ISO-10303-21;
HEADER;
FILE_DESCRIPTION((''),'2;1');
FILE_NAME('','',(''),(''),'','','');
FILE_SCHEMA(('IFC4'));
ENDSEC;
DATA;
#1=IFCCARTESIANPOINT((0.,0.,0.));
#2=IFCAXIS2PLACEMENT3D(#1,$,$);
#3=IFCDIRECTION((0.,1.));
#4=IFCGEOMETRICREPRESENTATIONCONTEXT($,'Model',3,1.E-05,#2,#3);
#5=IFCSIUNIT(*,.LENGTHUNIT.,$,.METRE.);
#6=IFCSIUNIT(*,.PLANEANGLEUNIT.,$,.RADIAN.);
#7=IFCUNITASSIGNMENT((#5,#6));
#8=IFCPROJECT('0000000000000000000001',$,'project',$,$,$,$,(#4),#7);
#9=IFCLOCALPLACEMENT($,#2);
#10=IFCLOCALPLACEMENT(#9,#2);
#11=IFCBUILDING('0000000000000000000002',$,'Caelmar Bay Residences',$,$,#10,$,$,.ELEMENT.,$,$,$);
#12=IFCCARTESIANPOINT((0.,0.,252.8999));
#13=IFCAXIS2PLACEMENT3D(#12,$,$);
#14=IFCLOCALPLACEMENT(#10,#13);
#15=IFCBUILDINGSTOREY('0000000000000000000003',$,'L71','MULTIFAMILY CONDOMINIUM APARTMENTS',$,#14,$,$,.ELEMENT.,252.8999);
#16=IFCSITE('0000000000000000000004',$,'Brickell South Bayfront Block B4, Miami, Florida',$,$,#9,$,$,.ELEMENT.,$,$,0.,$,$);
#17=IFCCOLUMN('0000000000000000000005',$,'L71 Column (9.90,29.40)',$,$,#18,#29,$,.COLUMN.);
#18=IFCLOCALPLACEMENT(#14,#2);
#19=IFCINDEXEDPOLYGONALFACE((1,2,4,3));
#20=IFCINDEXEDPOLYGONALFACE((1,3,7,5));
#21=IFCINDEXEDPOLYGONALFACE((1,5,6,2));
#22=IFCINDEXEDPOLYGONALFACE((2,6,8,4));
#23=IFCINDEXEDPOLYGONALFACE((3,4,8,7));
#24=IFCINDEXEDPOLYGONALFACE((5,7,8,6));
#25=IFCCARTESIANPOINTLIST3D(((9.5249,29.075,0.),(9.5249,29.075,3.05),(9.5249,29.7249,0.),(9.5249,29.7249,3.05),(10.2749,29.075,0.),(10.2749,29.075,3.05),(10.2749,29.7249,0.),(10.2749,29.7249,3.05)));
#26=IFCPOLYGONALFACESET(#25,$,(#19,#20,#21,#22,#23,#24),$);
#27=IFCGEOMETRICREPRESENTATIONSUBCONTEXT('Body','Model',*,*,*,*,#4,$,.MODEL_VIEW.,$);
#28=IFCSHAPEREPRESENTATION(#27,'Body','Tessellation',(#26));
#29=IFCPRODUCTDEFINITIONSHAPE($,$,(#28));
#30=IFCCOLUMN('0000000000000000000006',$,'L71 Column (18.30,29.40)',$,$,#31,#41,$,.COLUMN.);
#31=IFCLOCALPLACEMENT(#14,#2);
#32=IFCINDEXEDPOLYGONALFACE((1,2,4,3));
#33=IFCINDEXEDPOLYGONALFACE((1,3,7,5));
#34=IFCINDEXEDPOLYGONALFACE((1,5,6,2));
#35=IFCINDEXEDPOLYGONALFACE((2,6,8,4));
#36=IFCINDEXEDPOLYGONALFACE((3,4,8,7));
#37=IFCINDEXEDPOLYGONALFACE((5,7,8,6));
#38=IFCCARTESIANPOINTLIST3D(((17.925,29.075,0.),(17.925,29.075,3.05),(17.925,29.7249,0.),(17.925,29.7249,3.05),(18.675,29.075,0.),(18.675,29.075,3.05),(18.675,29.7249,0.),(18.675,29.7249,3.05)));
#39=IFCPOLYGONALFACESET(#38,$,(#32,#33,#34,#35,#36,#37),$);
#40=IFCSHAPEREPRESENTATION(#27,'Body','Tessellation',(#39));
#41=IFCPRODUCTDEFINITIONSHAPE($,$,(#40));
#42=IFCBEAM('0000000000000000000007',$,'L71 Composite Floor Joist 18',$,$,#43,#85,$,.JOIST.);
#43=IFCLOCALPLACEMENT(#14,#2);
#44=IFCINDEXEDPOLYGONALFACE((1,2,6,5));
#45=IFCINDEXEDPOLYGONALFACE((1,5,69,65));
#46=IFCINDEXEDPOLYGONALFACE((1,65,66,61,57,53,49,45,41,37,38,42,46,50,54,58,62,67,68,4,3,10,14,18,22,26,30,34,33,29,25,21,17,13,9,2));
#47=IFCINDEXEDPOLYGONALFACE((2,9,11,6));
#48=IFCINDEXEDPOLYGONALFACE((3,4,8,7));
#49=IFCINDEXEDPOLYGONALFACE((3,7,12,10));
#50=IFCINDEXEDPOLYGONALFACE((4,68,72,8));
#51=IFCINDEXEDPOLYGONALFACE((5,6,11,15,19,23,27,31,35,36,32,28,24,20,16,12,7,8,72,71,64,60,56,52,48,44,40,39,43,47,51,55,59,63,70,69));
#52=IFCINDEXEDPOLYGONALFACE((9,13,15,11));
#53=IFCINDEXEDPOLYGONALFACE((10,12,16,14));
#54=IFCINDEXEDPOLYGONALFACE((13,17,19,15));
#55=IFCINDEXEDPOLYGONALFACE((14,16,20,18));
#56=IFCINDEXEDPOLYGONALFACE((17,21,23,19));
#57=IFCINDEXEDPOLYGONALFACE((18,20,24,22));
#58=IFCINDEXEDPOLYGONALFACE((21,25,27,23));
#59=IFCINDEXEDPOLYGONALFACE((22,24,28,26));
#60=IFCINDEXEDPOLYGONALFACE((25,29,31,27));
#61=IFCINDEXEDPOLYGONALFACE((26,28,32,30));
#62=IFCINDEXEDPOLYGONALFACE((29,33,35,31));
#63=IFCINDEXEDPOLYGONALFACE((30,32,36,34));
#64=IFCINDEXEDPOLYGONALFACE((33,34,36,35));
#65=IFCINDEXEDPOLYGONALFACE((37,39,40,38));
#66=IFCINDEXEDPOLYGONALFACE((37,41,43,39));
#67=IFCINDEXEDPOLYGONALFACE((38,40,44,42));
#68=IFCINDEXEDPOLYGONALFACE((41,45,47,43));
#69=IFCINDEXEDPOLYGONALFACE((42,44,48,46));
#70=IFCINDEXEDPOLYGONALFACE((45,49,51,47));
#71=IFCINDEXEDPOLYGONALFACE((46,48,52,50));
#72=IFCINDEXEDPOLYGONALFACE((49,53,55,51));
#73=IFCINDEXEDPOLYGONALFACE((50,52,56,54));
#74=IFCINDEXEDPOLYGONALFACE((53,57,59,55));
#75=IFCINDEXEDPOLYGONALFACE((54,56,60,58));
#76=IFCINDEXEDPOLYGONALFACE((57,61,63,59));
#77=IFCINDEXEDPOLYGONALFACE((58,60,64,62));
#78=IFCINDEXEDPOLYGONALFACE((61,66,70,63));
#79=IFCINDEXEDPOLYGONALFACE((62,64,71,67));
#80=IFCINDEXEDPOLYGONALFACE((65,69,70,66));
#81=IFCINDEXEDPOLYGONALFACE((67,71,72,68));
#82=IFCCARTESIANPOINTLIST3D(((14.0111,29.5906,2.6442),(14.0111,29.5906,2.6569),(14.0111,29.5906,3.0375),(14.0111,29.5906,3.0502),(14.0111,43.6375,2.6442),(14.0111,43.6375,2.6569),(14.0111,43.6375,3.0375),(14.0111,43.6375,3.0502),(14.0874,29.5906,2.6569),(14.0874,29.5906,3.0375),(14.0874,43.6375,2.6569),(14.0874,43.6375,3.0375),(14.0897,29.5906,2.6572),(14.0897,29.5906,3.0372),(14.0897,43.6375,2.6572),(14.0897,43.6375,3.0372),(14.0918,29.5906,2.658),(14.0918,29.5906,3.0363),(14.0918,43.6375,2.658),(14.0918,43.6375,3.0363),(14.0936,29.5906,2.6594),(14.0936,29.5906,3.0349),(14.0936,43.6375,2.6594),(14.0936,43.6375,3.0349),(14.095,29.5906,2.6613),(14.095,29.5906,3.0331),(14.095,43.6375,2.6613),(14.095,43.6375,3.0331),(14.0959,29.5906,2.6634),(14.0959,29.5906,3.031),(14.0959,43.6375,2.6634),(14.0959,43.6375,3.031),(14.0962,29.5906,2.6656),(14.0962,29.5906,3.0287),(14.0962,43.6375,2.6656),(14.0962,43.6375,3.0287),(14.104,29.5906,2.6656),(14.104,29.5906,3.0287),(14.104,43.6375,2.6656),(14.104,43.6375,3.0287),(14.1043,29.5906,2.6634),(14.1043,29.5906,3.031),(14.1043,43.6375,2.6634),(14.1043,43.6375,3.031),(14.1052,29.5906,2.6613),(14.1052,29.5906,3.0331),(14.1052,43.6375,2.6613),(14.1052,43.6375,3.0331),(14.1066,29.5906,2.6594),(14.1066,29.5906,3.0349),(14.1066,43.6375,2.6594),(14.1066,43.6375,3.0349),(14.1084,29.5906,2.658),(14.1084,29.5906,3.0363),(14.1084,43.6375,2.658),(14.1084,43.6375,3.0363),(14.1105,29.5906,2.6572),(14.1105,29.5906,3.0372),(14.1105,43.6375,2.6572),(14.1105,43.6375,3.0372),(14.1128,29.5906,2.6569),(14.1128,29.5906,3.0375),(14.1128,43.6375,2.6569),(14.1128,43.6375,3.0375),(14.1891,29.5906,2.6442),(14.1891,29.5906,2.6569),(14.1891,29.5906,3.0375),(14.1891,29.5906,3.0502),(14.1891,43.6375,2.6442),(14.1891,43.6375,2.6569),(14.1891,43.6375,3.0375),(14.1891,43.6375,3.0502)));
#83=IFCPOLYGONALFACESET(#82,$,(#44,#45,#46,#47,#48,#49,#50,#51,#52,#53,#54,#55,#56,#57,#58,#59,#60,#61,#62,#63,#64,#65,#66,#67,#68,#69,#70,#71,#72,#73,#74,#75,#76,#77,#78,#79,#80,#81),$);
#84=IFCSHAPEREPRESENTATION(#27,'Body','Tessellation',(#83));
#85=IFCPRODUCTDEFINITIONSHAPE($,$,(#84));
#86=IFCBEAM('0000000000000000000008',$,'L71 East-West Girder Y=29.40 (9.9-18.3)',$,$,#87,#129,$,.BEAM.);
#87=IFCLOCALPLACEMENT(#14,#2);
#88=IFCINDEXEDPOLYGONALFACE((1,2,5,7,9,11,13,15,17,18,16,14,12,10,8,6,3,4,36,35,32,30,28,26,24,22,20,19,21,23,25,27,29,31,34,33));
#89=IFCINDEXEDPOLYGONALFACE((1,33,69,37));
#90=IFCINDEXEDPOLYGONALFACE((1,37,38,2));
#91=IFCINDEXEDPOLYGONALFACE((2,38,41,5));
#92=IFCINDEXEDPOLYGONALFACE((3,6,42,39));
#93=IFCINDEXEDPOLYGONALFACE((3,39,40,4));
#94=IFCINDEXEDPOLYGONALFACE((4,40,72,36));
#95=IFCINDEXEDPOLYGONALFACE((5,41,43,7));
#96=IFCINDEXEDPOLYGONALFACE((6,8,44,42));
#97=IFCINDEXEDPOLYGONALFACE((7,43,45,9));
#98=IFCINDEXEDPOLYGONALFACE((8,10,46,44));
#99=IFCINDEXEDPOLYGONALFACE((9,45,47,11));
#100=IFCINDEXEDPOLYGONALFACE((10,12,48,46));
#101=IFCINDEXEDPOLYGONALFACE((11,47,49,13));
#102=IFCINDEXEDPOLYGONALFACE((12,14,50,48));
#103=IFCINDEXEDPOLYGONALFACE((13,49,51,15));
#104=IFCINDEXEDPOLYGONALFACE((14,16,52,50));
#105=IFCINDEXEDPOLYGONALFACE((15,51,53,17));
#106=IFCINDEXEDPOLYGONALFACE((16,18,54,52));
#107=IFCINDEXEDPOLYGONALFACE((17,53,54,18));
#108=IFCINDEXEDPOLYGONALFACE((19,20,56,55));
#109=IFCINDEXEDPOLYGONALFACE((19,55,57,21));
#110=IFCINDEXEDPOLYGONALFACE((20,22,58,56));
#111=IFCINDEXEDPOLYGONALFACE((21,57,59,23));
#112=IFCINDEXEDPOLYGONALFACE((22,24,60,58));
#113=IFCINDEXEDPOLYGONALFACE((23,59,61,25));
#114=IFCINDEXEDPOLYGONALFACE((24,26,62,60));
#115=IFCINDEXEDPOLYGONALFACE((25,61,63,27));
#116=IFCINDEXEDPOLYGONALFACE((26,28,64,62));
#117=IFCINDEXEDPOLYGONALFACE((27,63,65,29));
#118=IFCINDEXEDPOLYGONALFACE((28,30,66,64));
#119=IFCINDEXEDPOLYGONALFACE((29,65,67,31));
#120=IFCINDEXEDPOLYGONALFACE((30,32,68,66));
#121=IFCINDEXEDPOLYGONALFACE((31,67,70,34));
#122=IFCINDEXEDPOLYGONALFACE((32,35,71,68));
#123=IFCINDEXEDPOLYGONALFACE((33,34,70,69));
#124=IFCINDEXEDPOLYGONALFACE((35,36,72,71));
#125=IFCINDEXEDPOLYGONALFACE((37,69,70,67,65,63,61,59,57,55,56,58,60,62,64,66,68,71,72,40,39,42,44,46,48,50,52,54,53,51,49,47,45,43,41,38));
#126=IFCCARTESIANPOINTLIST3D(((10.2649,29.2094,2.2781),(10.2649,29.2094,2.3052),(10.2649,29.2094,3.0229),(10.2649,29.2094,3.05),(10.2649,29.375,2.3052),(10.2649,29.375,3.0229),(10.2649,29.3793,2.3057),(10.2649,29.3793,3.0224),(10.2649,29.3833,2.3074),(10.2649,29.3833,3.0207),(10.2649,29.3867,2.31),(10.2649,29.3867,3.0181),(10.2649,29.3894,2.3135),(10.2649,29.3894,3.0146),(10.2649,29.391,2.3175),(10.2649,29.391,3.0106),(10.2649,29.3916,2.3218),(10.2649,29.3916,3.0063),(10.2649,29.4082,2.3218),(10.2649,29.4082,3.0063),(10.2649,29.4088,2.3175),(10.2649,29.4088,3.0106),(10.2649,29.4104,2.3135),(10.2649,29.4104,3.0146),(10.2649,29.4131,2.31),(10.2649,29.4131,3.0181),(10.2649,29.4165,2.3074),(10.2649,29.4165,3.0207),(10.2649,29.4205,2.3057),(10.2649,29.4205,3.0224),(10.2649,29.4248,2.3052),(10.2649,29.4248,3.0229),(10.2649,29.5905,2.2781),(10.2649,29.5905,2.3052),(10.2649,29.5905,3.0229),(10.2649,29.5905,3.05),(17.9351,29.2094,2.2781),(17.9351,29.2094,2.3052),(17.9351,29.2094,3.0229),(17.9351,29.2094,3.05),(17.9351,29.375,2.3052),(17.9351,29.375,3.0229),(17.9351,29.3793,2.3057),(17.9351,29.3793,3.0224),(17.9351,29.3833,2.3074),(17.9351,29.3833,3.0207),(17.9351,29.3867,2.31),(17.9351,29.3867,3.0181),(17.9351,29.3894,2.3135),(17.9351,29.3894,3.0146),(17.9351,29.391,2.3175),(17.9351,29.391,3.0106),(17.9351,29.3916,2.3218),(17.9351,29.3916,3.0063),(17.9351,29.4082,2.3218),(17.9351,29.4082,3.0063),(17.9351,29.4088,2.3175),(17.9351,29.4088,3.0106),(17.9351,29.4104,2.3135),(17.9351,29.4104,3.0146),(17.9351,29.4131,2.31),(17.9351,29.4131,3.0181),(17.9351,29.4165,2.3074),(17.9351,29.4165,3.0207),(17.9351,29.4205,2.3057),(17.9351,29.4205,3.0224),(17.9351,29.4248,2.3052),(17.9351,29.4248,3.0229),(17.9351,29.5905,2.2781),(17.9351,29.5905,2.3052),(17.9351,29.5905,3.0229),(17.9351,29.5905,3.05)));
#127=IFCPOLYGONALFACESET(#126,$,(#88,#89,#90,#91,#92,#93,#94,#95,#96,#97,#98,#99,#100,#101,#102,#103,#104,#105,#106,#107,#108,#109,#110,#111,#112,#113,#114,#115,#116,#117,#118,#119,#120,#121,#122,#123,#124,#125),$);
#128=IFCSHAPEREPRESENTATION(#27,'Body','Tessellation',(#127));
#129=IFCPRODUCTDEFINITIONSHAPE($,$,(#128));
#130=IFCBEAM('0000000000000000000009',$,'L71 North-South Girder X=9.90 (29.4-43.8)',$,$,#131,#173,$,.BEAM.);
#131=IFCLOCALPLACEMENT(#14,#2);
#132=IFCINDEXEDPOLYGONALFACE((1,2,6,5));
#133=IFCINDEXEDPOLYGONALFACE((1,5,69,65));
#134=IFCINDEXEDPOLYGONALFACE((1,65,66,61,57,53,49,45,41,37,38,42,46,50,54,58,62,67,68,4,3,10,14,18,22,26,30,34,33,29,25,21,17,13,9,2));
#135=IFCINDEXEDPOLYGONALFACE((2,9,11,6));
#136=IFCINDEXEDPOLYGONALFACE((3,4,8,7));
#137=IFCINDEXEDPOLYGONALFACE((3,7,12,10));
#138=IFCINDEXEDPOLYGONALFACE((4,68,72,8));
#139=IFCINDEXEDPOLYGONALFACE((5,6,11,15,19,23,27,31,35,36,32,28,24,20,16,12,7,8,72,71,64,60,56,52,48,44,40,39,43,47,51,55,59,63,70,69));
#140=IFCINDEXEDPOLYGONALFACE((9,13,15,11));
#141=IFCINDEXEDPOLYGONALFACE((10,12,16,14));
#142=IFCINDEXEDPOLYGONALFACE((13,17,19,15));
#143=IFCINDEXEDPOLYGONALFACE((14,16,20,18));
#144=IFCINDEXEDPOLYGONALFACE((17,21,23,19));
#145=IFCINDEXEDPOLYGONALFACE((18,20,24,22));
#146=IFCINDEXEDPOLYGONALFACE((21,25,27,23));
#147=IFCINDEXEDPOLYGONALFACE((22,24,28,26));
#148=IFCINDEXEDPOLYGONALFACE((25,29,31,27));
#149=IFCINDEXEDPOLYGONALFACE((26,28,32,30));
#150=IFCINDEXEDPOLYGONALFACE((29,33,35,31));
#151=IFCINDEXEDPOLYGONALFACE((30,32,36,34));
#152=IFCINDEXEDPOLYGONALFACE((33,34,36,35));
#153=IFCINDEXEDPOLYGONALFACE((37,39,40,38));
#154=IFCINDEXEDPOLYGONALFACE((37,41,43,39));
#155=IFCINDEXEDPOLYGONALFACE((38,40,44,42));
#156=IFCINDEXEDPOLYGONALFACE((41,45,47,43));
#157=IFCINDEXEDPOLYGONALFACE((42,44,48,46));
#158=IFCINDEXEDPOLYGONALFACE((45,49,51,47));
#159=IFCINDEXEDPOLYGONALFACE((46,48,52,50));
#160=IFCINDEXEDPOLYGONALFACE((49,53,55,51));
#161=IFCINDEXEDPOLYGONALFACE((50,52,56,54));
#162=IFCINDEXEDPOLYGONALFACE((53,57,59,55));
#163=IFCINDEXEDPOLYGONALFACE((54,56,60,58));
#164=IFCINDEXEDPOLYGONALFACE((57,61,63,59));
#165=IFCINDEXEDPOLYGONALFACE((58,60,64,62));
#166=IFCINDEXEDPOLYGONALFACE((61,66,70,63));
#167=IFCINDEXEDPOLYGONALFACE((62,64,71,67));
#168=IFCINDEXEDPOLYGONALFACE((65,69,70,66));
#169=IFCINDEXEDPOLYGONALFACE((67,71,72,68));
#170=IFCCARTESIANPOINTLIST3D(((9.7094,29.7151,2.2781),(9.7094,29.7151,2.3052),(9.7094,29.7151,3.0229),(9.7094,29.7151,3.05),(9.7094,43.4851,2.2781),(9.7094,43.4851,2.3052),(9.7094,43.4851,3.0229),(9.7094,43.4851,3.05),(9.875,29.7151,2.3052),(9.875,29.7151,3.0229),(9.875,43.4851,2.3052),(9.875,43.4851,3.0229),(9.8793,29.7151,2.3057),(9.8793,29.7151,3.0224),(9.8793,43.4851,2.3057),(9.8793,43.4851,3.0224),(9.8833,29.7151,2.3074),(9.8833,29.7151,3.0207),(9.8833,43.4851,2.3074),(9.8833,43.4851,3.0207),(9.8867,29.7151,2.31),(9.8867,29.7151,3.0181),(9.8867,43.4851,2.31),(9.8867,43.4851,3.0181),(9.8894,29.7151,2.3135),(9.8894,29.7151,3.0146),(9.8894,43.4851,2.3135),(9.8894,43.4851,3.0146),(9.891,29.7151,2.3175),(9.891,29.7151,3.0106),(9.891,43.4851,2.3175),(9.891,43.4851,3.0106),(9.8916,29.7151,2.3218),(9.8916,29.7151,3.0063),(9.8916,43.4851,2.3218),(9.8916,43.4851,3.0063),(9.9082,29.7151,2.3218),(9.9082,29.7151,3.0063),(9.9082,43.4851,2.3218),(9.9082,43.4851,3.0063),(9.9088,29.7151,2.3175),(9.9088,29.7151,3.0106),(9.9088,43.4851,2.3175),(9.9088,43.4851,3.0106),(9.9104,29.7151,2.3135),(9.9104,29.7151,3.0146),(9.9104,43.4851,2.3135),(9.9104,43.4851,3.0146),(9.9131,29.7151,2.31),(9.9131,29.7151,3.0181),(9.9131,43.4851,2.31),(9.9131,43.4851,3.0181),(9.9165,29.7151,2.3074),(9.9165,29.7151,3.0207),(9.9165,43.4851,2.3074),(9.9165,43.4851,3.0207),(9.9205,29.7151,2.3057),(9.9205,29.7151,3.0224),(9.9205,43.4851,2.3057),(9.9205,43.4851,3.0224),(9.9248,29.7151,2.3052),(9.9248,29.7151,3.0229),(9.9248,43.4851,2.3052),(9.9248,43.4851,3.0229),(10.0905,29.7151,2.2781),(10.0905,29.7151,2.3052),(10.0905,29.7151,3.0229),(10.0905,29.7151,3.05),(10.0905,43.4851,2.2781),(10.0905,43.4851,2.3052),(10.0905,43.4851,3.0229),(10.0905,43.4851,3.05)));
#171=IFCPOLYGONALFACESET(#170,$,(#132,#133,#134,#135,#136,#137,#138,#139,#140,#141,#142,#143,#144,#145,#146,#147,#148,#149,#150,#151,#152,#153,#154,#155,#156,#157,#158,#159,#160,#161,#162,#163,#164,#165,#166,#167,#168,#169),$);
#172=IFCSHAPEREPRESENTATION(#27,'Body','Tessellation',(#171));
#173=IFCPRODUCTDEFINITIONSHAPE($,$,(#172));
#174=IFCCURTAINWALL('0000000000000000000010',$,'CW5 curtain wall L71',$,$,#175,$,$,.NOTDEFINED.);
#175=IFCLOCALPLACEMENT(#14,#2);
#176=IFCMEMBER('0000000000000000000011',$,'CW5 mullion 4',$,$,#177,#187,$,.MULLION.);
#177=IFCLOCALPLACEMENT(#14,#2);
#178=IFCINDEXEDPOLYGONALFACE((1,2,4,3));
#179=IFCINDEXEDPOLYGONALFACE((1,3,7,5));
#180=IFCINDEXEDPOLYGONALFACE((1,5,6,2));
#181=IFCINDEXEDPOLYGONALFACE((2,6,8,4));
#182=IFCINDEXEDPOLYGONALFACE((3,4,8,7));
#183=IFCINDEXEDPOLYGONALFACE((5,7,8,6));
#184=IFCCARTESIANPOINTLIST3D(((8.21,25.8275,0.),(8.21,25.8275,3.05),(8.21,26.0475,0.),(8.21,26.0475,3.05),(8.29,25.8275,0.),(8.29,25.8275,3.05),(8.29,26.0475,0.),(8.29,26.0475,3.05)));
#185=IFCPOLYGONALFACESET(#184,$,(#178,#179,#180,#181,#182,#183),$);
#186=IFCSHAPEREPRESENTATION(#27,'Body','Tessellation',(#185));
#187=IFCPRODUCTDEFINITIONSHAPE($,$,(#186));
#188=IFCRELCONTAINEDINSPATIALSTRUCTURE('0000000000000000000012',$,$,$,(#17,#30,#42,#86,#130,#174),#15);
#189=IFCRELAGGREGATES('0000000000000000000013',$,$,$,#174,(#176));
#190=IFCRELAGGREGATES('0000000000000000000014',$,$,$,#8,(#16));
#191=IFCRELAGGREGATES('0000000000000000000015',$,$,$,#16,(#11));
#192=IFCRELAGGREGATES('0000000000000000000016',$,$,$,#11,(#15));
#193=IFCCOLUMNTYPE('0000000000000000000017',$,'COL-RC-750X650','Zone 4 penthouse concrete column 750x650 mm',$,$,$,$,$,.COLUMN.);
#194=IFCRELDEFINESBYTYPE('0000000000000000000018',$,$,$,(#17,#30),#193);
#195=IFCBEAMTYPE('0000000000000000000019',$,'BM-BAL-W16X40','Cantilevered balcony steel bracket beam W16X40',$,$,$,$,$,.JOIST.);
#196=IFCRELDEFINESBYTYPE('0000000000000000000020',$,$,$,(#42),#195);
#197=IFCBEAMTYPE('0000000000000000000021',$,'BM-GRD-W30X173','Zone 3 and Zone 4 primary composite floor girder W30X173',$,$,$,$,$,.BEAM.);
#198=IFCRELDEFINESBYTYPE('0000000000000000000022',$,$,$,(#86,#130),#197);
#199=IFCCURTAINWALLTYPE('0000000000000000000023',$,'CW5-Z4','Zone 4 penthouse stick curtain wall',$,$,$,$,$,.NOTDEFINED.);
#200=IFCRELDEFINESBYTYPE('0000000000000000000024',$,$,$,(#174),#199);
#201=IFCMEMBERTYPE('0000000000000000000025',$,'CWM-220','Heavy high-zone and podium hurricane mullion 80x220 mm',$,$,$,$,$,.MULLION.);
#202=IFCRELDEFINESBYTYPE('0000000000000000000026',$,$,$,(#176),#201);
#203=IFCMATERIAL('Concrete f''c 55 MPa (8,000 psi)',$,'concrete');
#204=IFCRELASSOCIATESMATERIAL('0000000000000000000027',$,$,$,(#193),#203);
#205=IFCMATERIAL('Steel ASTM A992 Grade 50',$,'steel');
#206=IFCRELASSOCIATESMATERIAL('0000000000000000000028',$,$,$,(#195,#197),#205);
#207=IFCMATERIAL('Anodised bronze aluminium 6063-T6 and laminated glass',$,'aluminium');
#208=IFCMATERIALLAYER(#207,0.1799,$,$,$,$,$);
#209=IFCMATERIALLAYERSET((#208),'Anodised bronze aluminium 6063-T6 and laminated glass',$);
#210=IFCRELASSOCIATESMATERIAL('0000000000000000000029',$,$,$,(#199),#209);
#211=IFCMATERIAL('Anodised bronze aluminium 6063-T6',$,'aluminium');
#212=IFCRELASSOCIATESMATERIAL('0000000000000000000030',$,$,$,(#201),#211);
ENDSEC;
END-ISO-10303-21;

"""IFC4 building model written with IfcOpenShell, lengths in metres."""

from ifc_helpers import new_model, si_unit, direction, frame, origin, origin_2d, place, context, subcontext, project, spatial, rectangle, i_section, extrude, material, layer, layer_set, material_profile, profile_set, type_object, element, aggregate, save


model = new_model("IFC4")

# Units and contexts
model_context = context("Model", 3, precision=1e-05, world=origin(), true_north=direction((0.0, 1.0)))
body_context = subcontext(model_context, "Body", "Model", "MODEL_VIEW")
ifc_project = project(units=[si_unit("LENGTHUNIT", "METRE"), si_unit("PLANEANGLEUNIT", "RADIAN")], contexts=[model_context])

# Site, building, storey
site_placement = place(None, origin())
site = spatial("IfcSite", under=ifc_project, at=site_placement, Name="Brickell South Bayfront Block B4, Miami, Florida", CompositionType="ELEMENT", RefElevation=0.0)
building_placement = place(site_placement, origin())
building = spatial("IfcBuilding", under=site, at=building_placement, Name="Caelmar Bay Residences", CompositionType="ELEMENT")
storey_placement = place(building_placement, frame((0.0, 0.0, 252.8999)))
storey = spatial("IfcBuildingStorey", under=building, at=storey_placement, Name="L71", Description="MULTIFAMILY CONDOMINIUM APARTMENTS", CompositionType="ELEMENT", Elevation=252.8999)

# Columns
ifc_material_1 = material(Name="Concrete f'c 55 MPa (8,000 psi)", Category="concrete")
ifc_material_profile_1 = material_profile(ifc_material_1, rectangle(XDim=0.75, YDim=0.6499, at=origin_2d()), Name="RC-COL-750X650")
ifc_profile_set_1 = profile_set([ifc_material_profile_1], Name="Concrete f'c 55 MPa (8,000 psi)")
column_type = type_object("IfcColumnType", Name="COL-RC-750X650", Description="Zone 4 penthouse concrete column 750x650 mm", PredefinedType="COLUMN", material=ifc_profile_set_1)
for number, where, z_axis, x_axis, name in (
    (1, (9.8999, 29.3999, 0.0), (0.0, 0.0, 1.0), (1.0, 0.0, 0.0), "L71 Column (9.90,29.40)"),
    (2, (18.3, 29.3999, 0.0), (0.0, 0.0, 1.0), (1.0, 0.0, 0.0), "L71 Column (18.30,29.40)"),
):
    element("IfcColumn", number, at=place(storey_placement, frame(where, z_axis=z_axis, x_axis=x_axis)), inside=storey, type_object=column_type, Name=name, PredefinedType="COLUMN", context=body_context, shape_type="SweptSolid", body=[
        extrude(rectangle(XDim=0.75, YDim=0.6499, at=origin_2d()), origin(), (0.0, 0.0, 1.0), 3.05),
    ])

# Beams
ifc_material_2 = material(Name="Steel ASTM A992 Grade 50", Category="steel")
ifc_material_profile_2 = material_profile(ifc_material_2, i_section(OverallWidth=0.178, OverallDepth=0.406, WebThickness=0.0078, FlangeThickness=0.0127, FilletRadius=0.0088, at=origin_2d()), Name="W16X40")
ifc_profile_set_2 = profile_set([ifc_material_profile_2], Name="Steel ASTM A992 Grade 50")
beam_type_1 = type_object("IfcBeamType", Name="BM-BAL-W16X40", Description="Cantilevered balcony steel bracket beam W16X40", PredefinedType="JOIST", material=ifc_profile_set_2)
beam_1_placement = place(storey_placement, frame((14.1001, 29.5906, 2.8472), z_axis=(0.0, 1.0, 0.0), x_axis=(-1.0, 0.0, 0.0)))
element("IfcBeam", 3, at=beam_1_placement, inside=storey, type_object=beam_type_1, Name="L71 Composite Floor Joist 18", PredefinedType="JOIST", context=body_context, shape_type="SweptSolid", body=[
    extrude(i_section(OverallWidth=0.178, OverallDepth=0.406, WebThickness=0.0078, FlangeThickness=0.0127, FilletRadius=0.0088, at=origin_2d()), origin(), (0.0, 0.0, 1.0), 14.0469),
])
ifc_material_profile_3 = material_profile(ifc_material_2, i_section(OverallWidth=0.3811, OverallDepth=0.772, WebThickness=0.0166, FlangeThickness=0.0271, FilletRadius=0.0166, at=origin_2d()), Name="W30X173")
ifc_profile_set_3 = profile_set([ifc_material_profile_3], Name="Steel ASTM A992 Grade 50")
beam_type_2 = type_object("IfcBeamType", Name="BM-GRD-W30X173", Description="Zone 3 and Zone 4 primary composite floor girder W30X173", PredefinedType="BEAM", material=ifc_profile_set_3)
beam_2_placement = place(storey_placement, frame((10.2649, 29.3999, 2.6641), z_axis=(1.0, 0.0, 0.0), x_axis=(0.0, 1.0, 0.0)))
element("IfcBeam", 4, at=beam_2_placement, inside=storey, type_object=beam_type_2, Name="L71 East-West Girder Y=29.40 (9.9-18.3)", PredefinedType="BEAM", context=body_context, shape_type="SweptSolid", body=[
    extrude(i_section(OverallWidth=0.3811, OverallDepth=0.772, WebThickness=0.0166, FlangeThickness=0.0271, FilletRadius=0.0166, at=origin_2d()), origin(), (0.0, 0.0, 1.0), 7.6702),
])
beam_3_placement = place(storey_placement, frame((9.8999, 29.7151, 2.6641), z_axis=(0.0, 1.0, 0.0), x_axis=(-1.0, 0.0, 0.0)))
element("IfcBeam", 5, at=beam_3_placement, inside=storey, type_object=beam_type_2, Name="L71 North-South Girder X=9.90 (29.4-43.8)", PredefinedType="BEAM", context=body_context, shape_type="SweptSolid", body=[
    extrude(i_section(OverallWidth=0.3811, OverallDepth=0.772, WebThickness=0.0166, FlangeThickness=0.0271, FilletRadius=0.0166, at=origin_2d()), origin(), (0.0, 0.0, 1.0), 13.77),
])

# Curtain wall, member
ifc_material_3 = material(Name="Anodised bronze aluminium 6063-T6 and laminated glass", Category="aluminium")
ifc_layer_1 = layer(ifc_material_3, 0.1799)
ifc_layer_set_1 = layer_set([ifc_layer_1], Name="Anodised bronze aluminium 6063-T6 and laminated glass")
curtain_wall_type = type_object("IfcCurtainWallType", Name="CW5-Z4", Description="Zone 4 penthouse stick curtain wall", PredefinedType="NOTDEFINED", material=ifc_layer_set_1)
curtain_wall_placement = place(storey_placement, origin())
curtain_wall = element("IfcCurtainWall", 6, at=curtain_wall_placement, inside=storey, type_object=curtain_wall_type, Name="CW5 curtain wall L71", PredefinedType="NOTDEFINED")
ifc_material_4 = material(Name="Anodised bronze aluminium 6063-T6", Category="aluminium")
ifc_material_profile_4 = material_profile(ifc_material_4, rectangle(XDim=0.0801, YDim=0.22, at=origin_2d()), Name="CWM-80X220")
ifc_profile_set_4 = profile_set([ifc_material_profile_4], Name="Anodised bronze aluminium 6063-T6")
member_type_1 = type_object("IfcMemberType", Name="CWM-220", Description="Heavy high-zone and podium hurricane mullion 80x220 mm", PredefinedType="MULLION", material=ifc_profile_set_4)
member_1_placement = place(storey_placement, frame((8.25, 25.9375, 0.0), z_axis=(0.0, 0.0, 1.0), x_axis=(-1.0, 0.0, 0.0)))
member_1 = element("IfcMember", 7, at=member_1_placement, type_object=member_type_1, Name="CW5 mullion 4", PredefinedType="MULLION", context=body_context, shape_type="SweptSolid", body=[
    extrude(rectangle(XDim=0.0801, YDim=0.22, at=origin_2d()), origin(), (0.0, 0.0, 1.0), 3.05),
])
aggregate(curtain_wall, [member_1])

save(model, "model.ifc")
